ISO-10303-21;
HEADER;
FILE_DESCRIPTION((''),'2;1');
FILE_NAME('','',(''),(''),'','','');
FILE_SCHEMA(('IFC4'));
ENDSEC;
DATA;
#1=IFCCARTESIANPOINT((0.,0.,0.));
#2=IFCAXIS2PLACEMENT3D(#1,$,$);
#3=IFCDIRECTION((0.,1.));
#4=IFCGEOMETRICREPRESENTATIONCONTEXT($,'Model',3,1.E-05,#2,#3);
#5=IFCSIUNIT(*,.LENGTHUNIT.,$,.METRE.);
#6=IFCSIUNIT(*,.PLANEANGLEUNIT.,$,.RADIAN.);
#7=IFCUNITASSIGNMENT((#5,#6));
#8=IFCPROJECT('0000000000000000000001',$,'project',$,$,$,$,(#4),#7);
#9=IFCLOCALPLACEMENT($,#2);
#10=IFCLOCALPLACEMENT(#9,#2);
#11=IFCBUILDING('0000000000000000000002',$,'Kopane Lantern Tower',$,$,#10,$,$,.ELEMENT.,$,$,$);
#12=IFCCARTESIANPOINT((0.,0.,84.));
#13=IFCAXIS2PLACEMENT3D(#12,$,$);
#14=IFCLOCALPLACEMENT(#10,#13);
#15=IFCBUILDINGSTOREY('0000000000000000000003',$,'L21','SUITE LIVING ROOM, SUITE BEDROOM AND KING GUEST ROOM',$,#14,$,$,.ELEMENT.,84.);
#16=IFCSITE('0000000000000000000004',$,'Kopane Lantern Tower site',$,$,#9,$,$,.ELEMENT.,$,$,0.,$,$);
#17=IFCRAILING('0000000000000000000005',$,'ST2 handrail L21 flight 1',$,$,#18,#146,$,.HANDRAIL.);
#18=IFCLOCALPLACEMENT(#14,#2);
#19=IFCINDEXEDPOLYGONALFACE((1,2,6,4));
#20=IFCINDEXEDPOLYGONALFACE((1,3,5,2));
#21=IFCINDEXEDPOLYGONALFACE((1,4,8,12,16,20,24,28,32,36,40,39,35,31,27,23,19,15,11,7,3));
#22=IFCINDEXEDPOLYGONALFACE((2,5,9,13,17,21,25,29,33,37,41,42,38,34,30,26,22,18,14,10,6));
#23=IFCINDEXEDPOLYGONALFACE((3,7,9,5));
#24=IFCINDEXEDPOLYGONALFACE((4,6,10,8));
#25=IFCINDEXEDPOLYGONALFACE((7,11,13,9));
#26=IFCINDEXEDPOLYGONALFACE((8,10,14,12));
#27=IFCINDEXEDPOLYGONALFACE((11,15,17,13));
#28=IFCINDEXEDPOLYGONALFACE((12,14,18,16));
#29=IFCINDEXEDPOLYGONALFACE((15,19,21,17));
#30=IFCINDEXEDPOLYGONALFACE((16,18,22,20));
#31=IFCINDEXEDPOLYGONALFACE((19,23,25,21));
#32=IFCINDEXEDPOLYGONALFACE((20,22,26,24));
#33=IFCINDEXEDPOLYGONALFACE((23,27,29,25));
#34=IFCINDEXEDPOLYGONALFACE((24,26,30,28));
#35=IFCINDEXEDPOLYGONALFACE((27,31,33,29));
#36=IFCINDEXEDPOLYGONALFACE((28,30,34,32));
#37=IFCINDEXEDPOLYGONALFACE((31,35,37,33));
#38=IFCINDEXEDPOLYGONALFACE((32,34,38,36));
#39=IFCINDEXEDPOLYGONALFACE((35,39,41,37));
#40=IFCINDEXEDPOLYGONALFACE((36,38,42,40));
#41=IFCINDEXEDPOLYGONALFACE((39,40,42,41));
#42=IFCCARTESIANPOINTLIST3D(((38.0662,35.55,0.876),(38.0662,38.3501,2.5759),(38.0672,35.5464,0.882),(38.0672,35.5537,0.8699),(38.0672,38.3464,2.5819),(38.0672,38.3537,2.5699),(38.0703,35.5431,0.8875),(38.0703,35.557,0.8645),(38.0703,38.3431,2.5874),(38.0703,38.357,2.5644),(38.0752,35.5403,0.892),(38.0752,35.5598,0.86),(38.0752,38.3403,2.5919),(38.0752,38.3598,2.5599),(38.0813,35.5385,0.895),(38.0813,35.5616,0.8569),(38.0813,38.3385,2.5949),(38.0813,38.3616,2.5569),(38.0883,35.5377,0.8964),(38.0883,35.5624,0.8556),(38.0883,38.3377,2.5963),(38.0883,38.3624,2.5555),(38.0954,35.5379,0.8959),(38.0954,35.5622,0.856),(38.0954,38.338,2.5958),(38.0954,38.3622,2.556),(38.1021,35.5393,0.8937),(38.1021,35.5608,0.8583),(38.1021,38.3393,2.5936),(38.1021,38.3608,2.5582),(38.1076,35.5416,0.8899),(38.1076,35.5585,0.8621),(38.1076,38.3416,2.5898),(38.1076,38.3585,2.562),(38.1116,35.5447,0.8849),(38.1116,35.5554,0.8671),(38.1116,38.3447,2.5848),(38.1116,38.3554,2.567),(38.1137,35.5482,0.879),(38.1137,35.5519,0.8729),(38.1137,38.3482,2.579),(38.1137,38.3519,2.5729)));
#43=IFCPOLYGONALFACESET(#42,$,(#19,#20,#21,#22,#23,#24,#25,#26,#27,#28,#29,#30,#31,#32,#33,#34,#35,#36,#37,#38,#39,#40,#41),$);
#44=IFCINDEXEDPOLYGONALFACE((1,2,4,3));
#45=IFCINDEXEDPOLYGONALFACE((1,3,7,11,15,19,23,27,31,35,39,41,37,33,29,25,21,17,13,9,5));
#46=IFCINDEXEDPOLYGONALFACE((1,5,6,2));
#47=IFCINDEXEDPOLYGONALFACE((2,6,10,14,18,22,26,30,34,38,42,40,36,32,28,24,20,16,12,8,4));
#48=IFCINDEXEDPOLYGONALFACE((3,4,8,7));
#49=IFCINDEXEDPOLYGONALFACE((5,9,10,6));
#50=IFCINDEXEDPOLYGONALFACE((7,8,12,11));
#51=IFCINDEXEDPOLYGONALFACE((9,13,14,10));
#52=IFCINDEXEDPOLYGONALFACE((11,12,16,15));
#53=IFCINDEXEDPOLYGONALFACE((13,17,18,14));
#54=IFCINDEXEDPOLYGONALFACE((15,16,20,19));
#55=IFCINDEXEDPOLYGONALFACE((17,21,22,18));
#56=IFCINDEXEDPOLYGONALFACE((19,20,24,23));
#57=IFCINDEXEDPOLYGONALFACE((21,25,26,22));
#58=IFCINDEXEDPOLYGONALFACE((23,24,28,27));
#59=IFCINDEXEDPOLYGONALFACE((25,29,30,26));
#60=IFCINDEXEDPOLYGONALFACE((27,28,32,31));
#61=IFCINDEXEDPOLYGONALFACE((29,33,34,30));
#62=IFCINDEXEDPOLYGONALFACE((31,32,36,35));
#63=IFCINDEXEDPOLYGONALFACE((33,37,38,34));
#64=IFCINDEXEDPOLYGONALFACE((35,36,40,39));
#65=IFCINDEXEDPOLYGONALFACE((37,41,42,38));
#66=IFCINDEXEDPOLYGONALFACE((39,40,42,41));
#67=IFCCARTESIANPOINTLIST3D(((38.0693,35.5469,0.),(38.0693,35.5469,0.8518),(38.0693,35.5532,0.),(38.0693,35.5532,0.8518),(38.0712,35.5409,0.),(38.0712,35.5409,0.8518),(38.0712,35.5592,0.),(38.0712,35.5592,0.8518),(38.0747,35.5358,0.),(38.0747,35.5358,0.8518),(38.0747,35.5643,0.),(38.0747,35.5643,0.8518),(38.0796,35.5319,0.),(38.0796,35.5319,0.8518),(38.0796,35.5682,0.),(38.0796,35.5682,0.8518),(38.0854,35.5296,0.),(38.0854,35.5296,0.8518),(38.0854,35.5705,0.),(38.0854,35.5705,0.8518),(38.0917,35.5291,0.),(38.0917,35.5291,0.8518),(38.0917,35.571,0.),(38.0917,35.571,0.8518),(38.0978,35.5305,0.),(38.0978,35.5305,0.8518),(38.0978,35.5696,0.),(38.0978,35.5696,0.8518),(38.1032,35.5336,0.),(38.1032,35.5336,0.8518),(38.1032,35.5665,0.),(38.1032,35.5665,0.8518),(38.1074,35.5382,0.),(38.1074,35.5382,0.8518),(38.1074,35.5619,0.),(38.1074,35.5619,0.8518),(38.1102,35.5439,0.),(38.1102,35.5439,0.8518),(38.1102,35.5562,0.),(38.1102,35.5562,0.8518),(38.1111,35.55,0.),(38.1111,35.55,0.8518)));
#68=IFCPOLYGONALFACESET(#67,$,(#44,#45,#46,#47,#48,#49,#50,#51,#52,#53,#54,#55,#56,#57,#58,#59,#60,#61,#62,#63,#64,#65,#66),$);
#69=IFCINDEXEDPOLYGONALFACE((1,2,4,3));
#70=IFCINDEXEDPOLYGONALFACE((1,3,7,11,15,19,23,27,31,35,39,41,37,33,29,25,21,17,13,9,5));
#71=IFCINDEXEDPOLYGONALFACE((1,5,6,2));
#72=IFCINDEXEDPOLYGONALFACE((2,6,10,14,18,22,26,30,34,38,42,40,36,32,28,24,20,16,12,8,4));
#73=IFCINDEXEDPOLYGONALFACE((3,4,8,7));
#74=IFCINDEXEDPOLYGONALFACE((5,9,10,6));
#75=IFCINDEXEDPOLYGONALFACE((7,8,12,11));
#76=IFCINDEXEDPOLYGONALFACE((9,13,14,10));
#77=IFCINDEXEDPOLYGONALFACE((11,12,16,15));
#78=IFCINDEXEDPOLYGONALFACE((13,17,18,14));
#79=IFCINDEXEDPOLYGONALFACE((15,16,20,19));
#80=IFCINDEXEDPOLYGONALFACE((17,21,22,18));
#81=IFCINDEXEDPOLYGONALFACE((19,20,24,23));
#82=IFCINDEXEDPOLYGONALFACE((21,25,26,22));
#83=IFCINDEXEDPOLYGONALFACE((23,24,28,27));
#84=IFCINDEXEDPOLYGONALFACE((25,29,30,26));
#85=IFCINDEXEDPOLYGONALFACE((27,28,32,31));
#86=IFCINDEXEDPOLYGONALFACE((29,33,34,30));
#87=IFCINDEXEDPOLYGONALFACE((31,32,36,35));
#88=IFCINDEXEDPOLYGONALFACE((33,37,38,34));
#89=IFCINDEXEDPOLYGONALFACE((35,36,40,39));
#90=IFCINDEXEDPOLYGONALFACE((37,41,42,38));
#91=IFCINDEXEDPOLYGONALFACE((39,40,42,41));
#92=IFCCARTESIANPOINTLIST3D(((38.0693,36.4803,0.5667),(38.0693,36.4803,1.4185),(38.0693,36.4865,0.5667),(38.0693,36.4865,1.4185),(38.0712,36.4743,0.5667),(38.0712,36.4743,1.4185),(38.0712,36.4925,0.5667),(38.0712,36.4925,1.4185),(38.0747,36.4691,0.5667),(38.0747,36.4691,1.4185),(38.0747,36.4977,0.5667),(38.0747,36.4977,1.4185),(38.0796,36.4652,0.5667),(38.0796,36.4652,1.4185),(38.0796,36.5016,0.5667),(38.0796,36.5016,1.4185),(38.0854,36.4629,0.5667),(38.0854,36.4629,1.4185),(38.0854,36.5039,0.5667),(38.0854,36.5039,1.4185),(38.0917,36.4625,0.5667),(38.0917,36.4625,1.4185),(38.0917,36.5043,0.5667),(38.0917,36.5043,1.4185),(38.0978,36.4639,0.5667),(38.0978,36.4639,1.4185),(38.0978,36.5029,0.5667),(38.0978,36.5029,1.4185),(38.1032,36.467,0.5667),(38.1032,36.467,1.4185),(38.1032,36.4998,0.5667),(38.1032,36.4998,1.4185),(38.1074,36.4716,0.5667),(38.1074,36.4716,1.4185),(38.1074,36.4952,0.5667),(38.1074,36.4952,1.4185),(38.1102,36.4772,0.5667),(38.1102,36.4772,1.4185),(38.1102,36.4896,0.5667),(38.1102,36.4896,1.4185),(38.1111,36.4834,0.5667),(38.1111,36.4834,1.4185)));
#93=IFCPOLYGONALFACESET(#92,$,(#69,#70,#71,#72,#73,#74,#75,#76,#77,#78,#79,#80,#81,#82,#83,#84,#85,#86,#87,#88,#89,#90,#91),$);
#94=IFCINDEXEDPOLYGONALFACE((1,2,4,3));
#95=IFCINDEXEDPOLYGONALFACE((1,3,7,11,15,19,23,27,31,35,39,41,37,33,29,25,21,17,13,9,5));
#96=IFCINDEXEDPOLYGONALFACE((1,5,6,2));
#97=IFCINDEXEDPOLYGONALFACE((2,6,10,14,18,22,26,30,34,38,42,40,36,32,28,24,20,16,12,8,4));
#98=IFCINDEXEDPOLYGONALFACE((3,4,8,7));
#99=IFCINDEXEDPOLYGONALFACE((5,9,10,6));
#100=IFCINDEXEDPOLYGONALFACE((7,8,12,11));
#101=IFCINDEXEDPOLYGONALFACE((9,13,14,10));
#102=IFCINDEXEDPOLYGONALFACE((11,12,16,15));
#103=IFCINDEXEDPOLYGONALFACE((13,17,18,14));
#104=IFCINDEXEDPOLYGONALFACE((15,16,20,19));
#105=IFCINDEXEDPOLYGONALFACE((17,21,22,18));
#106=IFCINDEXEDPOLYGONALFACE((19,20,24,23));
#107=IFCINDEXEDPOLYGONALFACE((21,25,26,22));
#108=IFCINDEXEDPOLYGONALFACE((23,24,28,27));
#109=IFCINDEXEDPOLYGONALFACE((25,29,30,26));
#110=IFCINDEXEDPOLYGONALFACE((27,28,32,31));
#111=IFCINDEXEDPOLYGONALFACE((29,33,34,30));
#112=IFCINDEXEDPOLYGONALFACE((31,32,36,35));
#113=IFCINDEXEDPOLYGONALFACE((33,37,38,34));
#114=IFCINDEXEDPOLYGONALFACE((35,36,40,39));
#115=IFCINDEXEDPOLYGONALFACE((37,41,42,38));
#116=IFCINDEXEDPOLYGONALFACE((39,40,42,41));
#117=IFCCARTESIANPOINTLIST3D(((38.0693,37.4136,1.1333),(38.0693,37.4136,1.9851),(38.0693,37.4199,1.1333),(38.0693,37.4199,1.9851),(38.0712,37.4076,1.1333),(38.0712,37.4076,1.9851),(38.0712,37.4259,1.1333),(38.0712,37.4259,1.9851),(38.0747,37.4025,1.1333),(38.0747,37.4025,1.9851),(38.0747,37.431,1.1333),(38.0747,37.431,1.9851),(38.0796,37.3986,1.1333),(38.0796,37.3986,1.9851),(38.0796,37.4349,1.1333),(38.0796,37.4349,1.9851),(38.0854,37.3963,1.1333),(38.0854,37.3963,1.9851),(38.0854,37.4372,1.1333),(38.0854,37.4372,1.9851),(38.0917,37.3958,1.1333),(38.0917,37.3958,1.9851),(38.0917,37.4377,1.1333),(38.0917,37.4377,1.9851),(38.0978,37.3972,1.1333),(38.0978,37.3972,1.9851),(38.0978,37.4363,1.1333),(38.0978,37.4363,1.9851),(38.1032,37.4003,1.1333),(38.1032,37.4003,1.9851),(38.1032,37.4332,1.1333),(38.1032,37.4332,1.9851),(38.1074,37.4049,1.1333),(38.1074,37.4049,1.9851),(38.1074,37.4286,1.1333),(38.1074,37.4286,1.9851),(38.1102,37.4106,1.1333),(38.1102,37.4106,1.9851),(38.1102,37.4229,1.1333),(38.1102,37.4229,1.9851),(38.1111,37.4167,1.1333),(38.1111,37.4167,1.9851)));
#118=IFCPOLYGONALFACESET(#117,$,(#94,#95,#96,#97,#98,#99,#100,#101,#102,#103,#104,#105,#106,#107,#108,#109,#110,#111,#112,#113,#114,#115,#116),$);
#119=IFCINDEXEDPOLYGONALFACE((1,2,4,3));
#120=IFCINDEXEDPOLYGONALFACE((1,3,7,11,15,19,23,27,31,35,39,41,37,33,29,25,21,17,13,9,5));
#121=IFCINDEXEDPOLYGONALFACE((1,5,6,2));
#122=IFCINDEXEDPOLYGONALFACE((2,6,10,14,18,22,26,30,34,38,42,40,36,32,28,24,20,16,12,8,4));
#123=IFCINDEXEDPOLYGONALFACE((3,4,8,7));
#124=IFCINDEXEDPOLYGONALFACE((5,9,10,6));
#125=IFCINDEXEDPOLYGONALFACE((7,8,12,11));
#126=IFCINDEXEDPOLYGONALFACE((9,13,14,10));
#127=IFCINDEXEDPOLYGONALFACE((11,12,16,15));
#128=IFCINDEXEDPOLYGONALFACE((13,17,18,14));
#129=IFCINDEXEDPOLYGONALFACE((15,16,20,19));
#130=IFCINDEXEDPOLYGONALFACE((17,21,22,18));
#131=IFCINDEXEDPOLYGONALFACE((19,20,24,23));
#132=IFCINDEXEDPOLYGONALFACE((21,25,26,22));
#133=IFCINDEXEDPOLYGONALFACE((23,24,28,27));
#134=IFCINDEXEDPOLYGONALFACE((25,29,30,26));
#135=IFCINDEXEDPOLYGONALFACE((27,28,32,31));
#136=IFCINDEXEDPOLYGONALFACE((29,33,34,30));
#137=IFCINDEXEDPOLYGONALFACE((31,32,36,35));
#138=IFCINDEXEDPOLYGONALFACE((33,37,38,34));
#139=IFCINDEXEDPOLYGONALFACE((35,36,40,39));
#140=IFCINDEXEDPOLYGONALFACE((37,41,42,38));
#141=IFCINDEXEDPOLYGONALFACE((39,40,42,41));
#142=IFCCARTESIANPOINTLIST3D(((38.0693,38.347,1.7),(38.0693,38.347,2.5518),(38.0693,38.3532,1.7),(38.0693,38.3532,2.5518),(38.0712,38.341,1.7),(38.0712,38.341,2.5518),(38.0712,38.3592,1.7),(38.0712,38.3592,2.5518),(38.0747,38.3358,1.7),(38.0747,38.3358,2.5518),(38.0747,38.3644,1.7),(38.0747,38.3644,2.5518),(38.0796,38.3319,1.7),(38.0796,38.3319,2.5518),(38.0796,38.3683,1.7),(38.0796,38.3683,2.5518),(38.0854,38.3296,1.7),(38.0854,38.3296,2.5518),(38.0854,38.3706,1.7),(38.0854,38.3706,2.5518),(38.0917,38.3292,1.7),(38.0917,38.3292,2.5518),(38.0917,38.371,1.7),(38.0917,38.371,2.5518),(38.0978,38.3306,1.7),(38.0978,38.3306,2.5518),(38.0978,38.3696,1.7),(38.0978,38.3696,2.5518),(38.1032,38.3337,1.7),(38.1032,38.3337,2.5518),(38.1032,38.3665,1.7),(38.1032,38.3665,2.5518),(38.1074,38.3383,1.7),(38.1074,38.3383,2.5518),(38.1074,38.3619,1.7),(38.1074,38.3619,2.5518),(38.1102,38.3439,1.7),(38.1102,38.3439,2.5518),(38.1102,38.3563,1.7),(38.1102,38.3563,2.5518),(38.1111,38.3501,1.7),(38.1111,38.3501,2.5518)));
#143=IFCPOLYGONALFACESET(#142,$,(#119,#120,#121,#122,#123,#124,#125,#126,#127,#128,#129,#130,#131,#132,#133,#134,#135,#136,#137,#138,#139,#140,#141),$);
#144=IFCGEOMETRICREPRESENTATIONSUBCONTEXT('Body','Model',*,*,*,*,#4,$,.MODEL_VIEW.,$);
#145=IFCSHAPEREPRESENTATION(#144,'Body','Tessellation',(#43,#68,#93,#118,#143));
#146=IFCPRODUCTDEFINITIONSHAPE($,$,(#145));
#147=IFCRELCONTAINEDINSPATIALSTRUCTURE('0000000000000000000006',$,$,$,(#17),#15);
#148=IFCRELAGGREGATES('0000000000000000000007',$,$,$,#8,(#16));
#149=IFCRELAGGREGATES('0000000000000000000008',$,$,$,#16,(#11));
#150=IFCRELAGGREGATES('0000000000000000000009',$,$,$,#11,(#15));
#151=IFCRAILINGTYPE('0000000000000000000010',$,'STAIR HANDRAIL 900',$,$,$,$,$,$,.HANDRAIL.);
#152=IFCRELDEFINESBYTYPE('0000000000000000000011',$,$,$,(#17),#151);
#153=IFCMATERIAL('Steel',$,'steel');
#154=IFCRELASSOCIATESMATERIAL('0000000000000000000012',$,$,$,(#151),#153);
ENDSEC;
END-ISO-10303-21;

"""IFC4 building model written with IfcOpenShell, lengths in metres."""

from ifc_helpers import new_model, si_unit, direction, frame, origin, origin_2d, place, context, subcontext, project, spatial, circle, extrude, material, type_object, element, save


model = new_model("IFC4")

# Units and contexts
model_context = context("Model", 3, precision=1e-05, world=origin(), true_north=direction((0.0, 1.0)))
body_context = subcontext(model_context, "Body", "Model", "MODEL_VIEW")
ifc_project = project(units=[si_unit("LENGTHUNIT", "METRE"), si_unit("PLANEANGLEUNIT", "RADIAN")], contexts=[model_context])

# Site, building, storey
site_placement = place(None, origin())
site = spatial("IfcSite", under=ifc_project, at=site_placement, Name="Kopane Lantern Tower site", CompositionType="ELEMENT", RefElevation=0.0)
building_placement = place(site_placement, origin())
building = spatial("IfcBuilding", under=site, at=building_placement, Name="Kopane Lantern Tower", CompositionType="ELEMENT")
storey_placement = place(building_placement, frame((0.0, 0.0, 84.0)))
storey = spatial("IfcBuildingStorey", under=building, at=storey_placement, Name="L21", Description="SUITE LIVING ROOM, SUITE BEDROOM AND KING GUEST ROOM", CompositionType="ELEMENT", Elevation=84.0)

# Railing
ifc_material_1 = material(Name="Steel", Category="steel")
railing_type_1 = type_object("IfcRailingType", Name="STAIR HANDRAIL 900", PredefinedType="HANDRAIL", material=ifc_material_1)
for number, where, name in (
    (1, (38.0901, 35.55, 0.0), "ST2 handrail L21 flight 1"),
):
    element("IfcRailing", number, at=place(storey_placement, frame(where)), inside=storey, type_object=railing_type_1, Name=name, PredefinedType="HANDRAIL", context=body_context, shape_type="SweptSolid", body=[
        extrude(circle(Radius=0.0239, at=origin_2d()), frame((0.0, 0.0, 0.876), z_axis=(0.0, 0.854798, 0.518961), x_axis=(-1.0, 0.0, 0.0)), (0.0, 0.0, 1.0), 3.2756),
        extrude(circle(Radius=0.021, at=origin_2d()), origin(), (0.0, 0.0, 1.0), 0.8518),
        extrude(circle(Radius=0.021, at=origin_2d()), frame((0.0, 0.9333, 0.5667)), (0.0, 0.0, 1.0), 0.8518),
        extrude(circle(Radius=0.021, at=origin_2d()), frame((0.0, 1.8667, 1.1333)), (0.0, 0.0, 1.0), 0.8518),
        extrude(circle(Radius=0.021, at=origin_2d()), frame((0.0, 2.8, 1.7)), (0.0, 0.0, 1.0), 0.8518),
    ])

save(model, "model.ifc")
